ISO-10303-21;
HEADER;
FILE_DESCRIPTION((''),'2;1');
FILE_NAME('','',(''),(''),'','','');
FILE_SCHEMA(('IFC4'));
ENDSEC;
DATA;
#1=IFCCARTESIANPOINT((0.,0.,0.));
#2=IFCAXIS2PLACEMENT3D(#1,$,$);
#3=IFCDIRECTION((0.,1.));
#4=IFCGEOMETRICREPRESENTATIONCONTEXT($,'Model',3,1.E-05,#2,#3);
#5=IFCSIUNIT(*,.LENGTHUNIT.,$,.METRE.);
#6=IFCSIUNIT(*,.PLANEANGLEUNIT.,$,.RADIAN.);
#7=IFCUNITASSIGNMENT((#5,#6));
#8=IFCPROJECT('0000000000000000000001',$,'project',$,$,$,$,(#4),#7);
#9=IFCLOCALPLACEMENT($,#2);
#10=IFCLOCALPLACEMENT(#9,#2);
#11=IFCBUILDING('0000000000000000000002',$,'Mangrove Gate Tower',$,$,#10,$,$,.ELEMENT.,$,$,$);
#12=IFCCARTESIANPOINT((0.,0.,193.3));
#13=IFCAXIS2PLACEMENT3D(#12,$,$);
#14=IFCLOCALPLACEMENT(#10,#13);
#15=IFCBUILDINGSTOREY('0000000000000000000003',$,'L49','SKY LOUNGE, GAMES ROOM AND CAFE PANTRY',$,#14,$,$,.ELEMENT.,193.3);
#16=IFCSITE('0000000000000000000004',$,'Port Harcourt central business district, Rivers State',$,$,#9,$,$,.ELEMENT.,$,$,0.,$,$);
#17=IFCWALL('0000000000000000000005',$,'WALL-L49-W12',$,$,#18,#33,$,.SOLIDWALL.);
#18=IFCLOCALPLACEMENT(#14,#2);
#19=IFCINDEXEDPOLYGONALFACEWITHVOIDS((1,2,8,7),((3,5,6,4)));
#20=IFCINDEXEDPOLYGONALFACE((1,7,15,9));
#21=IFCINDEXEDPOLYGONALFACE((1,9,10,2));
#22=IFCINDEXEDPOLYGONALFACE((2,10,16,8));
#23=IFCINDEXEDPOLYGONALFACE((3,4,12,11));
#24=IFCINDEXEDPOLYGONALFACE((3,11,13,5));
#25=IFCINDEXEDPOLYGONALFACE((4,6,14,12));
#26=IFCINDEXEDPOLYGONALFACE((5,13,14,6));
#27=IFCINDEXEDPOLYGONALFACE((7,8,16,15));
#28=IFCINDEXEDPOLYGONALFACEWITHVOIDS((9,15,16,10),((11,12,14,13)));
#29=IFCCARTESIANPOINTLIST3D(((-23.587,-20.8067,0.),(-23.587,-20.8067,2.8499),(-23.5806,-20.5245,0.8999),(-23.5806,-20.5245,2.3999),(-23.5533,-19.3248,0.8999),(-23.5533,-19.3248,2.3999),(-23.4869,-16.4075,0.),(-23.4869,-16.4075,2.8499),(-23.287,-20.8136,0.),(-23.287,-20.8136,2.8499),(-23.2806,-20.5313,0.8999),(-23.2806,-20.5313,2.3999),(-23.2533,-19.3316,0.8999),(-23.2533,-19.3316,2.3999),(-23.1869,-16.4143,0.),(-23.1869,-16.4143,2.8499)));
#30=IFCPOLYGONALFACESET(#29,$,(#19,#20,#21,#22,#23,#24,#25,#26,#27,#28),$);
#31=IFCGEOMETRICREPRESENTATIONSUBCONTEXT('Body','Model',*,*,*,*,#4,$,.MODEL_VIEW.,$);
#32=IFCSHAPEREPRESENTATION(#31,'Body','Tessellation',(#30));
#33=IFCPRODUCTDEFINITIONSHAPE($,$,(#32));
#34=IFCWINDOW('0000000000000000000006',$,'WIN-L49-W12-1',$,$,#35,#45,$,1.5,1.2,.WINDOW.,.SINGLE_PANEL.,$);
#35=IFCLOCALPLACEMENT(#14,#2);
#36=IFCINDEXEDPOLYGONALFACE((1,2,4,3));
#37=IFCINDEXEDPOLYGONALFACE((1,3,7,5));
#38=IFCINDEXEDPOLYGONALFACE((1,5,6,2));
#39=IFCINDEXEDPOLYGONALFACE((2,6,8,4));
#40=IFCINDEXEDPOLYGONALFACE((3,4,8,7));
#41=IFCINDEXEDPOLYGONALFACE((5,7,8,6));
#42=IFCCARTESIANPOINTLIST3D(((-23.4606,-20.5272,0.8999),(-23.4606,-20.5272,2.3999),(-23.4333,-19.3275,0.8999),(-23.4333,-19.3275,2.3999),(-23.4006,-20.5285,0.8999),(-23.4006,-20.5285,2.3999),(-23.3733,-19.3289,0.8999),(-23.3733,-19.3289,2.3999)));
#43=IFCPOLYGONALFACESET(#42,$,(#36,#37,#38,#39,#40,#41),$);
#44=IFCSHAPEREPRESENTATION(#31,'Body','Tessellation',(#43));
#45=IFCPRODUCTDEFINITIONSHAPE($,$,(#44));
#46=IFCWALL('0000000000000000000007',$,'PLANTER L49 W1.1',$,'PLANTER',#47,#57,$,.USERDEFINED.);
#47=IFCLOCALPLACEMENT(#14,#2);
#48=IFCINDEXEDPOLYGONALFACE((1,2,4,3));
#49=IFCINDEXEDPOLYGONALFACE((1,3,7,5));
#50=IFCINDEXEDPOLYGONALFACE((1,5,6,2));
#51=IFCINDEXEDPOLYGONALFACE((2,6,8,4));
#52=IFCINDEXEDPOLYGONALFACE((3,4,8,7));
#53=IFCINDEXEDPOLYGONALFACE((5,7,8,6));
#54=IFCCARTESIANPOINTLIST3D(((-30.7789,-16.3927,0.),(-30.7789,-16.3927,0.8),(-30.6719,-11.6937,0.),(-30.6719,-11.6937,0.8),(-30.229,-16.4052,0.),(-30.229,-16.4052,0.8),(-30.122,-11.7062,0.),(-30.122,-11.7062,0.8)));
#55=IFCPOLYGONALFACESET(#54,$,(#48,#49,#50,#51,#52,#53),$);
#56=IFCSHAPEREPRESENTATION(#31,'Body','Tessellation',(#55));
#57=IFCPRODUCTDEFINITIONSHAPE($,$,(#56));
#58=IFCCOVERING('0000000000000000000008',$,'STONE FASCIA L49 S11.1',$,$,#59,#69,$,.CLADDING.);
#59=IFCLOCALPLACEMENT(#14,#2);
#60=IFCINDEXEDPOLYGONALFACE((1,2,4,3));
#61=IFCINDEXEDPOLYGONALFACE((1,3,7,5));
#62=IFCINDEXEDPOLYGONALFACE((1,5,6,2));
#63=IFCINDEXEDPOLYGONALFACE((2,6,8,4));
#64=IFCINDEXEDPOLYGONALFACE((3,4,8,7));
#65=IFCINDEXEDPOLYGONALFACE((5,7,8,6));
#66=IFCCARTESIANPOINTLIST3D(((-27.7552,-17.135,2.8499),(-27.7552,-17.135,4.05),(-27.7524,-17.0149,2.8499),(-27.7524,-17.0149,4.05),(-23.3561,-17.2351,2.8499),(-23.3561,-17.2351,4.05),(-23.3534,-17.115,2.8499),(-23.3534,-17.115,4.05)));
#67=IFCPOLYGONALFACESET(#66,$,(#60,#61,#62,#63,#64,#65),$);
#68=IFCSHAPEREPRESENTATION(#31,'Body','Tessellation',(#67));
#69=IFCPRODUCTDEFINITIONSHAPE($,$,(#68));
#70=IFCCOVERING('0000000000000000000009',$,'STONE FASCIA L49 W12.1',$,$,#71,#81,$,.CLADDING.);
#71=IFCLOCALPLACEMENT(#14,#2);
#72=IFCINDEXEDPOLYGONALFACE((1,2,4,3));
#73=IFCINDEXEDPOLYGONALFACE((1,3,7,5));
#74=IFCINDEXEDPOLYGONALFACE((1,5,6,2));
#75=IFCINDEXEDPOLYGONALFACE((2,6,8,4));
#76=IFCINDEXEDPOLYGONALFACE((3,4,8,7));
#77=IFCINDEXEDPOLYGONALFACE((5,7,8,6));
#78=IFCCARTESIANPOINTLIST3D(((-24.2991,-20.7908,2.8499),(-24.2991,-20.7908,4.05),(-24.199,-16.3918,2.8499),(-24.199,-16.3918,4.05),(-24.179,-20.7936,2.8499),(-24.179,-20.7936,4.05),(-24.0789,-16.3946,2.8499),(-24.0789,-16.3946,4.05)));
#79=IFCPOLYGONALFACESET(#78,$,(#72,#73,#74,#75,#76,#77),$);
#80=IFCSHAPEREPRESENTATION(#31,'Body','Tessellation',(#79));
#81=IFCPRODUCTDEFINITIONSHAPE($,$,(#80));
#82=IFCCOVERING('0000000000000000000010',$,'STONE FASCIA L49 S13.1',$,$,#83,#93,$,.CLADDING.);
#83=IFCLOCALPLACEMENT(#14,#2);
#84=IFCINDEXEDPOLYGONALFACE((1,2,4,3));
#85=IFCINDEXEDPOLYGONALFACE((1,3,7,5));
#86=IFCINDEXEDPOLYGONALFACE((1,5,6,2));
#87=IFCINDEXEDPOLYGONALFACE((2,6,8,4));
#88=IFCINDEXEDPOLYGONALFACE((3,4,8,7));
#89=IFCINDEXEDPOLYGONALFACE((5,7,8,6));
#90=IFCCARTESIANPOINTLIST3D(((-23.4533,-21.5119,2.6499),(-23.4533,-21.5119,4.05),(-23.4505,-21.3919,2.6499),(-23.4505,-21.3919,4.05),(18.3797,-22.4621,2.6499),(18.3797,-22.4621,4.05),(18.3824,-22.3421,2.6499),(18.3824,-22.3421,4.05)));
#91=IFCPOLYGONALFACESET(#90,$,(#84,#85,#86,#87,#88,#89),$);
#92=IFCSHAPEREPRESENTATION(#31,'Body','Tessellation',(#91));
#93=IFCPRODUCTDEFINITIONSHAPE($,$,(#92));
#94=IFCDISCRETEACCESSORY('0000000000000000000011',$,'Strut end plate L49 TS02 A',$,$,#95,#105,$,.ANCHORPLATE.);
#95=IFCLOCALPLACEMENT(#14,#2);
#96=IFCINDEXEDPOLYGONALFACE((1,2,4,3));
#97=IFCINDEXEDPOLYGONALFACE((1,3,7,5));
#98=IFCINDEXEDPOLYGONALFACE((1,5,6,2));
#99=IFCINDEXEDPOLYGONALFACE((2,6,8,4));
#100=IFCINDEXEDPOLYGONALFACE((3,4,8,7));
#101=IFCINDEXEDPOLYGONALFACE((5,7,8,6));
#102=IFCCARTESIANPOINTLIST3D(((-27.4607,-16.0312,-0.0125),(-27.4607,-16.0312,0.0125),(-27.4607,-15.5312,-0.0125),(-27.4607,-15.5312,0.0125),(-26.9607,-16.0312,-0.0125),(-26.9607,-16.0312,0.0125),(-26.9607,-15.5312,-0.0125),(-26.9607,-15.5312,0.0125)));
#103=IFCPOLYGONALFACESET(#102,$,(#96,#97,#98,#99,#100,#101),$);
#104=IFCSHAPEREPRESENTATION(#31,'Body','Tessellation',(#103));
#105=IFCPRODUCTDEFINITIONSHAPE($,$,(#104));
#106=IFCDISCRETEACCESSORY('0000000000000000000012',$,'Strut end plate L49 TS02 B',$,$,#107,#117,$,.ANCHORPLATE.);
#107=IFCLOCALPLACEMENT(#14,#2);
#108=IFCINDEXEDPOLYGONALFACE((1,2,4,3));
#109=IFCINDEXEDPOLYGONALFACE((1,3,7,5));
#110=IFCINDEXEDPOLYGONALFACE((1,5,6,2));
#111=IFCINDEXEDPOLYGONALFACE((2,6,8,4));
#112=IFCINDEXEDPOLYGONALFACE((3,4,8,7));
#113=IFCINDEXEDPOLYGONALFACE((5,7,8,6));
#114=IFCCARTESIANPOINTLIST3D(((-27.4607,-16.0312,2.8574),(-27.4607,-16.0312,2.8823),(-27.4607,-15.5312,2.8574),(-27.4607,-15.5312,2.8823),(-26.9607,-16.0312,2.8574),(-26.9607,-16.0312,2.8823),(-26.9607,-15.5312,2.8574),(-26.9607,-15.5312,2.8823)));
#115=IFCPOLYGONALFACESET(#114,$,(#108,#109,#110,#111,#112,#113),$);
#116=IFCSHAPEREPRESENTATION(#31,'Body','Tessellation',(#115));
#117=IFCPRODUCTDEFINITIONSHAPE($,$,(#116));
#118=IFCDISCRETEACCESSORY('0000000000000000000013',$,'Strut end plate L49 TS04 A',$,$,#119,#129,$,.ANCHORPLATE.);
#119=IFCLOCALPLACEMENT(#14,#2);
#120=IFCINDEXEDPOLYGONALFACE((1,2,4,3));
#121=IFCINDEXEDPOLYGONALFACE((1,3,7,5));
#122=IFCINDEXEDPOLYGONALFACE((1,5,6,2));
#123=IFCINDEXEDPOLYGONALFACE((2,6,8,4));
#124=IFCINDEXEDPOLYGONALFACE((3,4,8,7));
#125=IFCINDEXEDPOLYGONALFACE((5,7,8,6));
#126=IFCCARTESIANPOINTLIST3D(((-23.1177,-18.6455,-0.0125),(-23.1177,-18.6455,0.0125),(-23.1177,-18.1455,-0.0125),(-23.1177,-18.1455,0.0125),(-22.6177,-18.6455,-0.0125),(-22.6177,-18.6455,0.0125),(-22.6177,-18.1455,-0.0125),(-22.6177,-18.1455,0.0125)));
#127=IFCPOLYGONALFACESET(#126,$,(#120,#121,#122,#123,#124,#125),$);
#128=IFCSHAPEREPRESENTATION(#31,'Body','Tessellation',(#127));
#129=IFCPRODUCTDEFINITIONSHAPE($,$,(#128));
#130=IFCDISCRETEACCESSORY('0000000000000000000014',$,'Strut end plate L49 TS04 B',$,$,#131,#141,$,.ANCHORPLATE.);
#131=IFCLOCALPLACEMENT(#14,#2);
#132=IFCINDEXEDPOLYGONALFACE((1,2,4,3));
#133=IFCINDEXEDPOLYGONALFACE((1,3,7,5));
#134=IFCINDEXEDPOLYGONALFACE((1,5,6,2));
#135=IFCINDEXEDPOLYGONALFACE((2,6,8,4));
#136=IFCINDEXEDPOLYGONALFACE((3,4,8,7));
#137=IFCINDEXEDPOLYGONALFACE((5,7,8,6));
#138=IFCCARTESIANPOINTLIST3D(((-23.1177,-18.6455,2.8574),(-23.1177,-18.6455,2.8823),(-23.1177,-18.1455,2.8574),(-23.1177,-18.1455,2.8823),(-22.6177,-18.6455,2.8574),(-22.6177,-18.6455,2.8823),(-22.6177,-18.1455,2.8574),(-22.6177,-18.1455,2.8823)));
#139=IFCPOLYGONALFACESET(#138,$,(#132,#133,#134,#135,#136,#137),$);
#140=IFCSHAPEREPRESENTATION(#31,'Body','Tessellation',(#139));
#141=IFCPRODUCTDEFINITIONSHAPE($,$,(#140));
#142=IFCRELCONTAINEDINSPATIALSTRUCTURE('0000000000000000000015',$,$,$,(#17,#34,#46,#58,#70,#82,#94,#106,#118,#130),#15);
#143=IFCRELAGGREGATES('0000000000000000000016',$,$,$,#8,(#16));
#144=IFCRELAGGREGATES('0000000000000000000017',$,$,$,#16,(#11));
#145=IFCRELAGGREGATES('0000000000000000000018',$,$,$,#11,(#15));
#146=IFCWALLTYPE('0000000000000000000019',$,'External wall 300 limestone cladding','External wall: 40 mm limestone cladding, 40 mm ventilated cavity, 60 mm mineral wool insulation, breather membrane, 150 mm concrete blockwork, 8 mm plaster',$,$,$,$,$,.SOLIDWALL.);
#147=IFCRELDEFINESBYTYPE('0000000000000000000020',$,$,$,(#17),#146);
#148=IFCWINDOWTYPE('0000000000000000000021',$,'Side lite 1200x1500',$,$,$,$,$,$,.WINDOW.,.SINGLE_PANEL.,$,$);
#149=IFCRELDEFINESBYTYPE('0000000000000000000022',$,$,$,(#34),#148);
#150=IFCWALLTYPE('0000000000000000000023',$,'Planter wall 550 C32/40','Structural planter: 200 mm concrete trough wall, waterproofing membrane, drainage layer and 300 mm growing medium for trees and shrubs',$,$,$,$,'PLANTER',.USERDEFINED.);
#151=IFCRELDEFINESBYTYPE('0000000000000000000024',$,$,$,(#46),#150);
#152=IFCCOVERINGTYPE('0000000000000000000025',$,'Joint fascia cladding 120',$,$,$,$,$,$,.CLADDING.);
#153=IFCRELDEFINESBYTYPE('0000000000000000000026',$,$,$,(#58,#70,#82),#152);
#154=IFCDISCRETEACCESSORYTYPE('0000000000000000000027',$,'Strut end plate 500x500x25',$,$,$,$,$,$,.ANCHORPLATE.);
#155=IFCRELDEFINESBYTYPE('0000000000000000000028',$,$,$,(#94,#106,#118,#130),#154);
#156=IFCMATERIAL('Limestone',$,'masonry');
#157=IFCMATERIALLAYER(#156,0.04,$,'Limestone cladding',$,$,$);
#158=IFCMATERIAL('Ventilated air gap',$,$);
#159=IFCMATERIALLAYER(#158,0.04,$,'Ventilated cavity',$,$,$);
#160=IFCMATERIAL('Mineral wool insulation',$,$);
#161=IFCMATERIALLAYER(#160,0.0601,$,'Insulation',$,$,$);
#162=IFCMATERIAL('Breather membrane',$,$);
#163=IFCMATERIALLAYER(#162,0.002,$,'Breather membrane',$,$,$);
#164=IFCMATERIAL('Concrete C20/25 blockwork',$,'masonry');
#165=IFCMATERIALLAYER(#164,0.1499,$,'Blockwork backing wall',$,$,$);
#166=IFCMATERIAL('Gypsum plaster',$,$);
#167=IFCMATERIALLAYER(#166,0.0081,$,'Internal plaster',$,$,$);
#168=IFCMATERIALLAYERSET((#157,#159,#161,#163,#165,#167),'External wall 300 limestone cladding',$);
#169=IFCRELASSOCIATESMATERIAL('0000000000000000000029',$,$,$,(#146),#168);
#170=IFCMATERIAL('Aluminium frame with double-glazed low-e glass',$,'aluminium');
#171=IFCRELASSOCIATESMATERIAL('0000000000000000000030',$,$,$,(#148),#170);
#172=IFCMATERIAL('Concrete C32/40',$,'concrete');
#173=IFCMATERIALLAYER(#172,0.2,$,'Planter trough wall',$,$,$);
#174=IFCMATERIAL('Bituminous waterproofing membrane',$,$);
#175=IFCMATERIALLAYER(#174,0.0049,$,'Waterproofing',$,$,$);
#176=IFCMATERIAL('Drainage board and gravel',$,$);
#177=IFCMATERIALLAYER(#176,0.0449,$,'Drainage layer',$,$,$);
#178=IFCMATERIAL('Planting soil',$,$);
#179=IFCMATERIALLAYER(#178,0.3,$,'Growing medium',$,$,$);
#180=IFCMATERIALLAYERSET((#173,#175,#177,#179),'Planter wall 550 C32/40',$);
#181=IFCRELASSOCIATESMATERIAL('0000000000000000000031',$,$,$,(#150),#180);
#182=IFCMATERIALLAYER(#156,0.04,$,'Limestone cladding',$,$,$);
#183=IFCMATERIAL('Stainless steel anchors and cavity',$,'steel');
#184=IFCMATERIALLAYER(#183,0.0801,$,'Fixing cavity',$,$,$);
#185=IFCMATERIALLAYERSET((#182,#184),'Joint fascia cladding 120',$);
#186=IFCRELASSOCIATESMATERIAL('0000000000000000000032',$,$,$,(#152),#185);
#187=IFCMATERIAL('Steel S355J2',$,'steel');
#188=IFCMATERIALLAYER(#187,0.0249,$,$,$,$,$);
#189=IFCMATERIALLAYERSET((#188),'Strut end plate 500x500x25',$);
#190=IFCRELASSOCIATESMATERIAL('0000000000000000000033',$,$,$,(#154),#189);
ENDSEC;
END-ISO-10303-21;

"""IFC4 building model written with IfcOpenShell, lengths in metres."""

from ifc_helpers import new_model, si_unit, direction, frame, frame_2d, origin, origin_2d, place, context, subcontext, project, spatial, rectangle, extrude, material, layer, layer_set, type_object, element, fill, save


model = new_model("IFC4")

# Units and contexts
model_context = context("Model", 3, precision=1e-05, world=origin(), true_north=direction((0.0, 1.0)))
body_context = subcontext(model_context, "Body", "Model", "MODEL_VIEW")
ifc_project = project(units=[si_unit("LENGTHUNIT", "METRE"), si_unit("PLANEANGLEUNIT", "RADIAN")], contexts=[model_context])

# Site, building, storey
site_placement = place(None, origin())
site = spatial("IfcSite", under=ifc_project, at=site_placement, Name="Port Harcourt central business district, Rivers State", CompositionType="ELEMENT", RefElevation=0.0)
building_placement = place(site_placement, origin())
building = spatial("IfcBuilding", under=site, at=building_placement, Name="Mangrove Gate Tower", CompositionType="ELEMENT")
storey_placement = place(building_placement, frame((0.0, 0.0, 193.3)))
storey = spatial("IfcBuildingStorey", under=building, at=storey_placement, Name="L49", Description="SKY LOUNGE, GAMES ROOM AND CAFE PANTRY", CompositionType="ELEMENT", Elevation=193.3)

# Wall, opening, window
ifc_material_1 = material(Name="Limestone", Category="masonry")
ifc_layer_1 = layer(ifc_material_1, 0.04, Name="Limestone cladding")
ifc_material_2 = material(Name="Ventilated air gap")
ifc_layer_2 = layer(ifc_material_2, 0.04, Name="Ventilated cavity")
ifc_material_3 = material(Name="Mineral wool insulation")
ifc_layer_3 = layer(ifc_material_3, 0.0601, Name="Insulation")
ifc_material_4 = material(Name="Breather membrane")
ifc_layer_4 = layer(ifc_material_4, 0.002, Name="Breather membrane")
ifc_material_5 = material(Name="Concrete C20/25 blockwork", Category="masonry")
ifc_layer_5 = layer(ifc_material_5, 0.1499, Name="Blockwork backing wall")
ifc_material_6 = material(Name="Gypsum plaster")
ifc_layer_6 = layer(ifc_material_6, 0.0081, Name="Internal plaster")
ifc_layer_set_1 = layer_set([ifc_layer_1, ifc_layer_2, ifc_layer_3, ifc_layer_4, ifc_layer_5, ifc_layer_6], Name="External wall 300 limestone cladding")
wall_type_1 = type_object("IfcWallType", Name="External wall 300 limestone cladding", Description="External wall: 40 mm limestone cladding, 40 mm ventilated cavity, 60 mm mineral wool insulation, breather membrane, 150 mm concrete blockwork, 8 mm plaster", PredefinedType="SOLIDWALL", material=ifc_layer_set_1)
wall_1_placement = place(storey_placement, frame((-23.3369, -16.4109, 0.0), z_axis=(0.0, 0.0, 1.0), x_axis=(-0.022748, -0.999741, 0.0)))
wall_1 = element("IfcWall", 1, at=wall_1_placement, inside=storey, type_object=wall_type_1, Name="WALL-L49-W12", PredefinedType="SOLIDWALL", context=body_context, shape_type="SweptSolid", body=[
    extrude(rectangle(XDim=4.4004, YDim=0.3, at=frame_2d((2.2002, 0.0))), origin(), (0.0, 0.0, 1.0), 2.8499),
])
opening_1_placement = place(wall_1_placement, frame((2.918, 0.0, 0.8999)))
opening_1 = element("IfcOpeningElement", 2, at=opening_1_placement, cuts=wall_1, PredefinedType="OPENING", context=body_context, shape_type="SweptSolid", body=[
    extrude(rectangle(XDim=1.2, YDim=1.5, at=frame_2d((0.6001, 0.75))), frame((0.0, 0.1599, 0.0), z_axis=(0.0, -1.0, 0.0), x_axis=(1.0, 0.0, 0.0)), (0.0, 0.0, 1.0), 0.3201),
])
ifc_material_7 = material(Name="Aluminium frame with double-glazed low-e glass", Category="aluminium")
window_type_1 = type_object("IfcWindowType", Name="Side lite 1200x1500", PartitioningType="SINGLE_PANEL", PredefinedType="WINDOW", material=ifc_material_7)
window_1_placement = place(opening_1_placement, origin())
window_1 = element("IfcWindow", 3, at=window_1_placement, inside=storey, type_object=window_type_1, Name="WIN-L49-W12-1", OverallHeight=1.5, OverallWidth=1.2, PartitioningType="SINGLE_PANEL", PredefinedType="WINDOW", context=body_context, shape_type="SweptSolid", body=[
    extrude(rectangle(XDim=1.2, YDim=1.5, at=frame_2d((0.6001, 0.75))), frame((0.0, 0.03, 0.0), z_axis=(0.0, -1.0, 0.0), x_axis=(1.0, 0.0, 0.0)), (0.0, 0.0, 1.0), 0.0601),
])
fill(opening_1, window_1)

# Wall
ifc_material_8 = material(Name="Concrete C32/40", Category="concrete")
ifc_layer_7 = layer(ifc_material_8, 0.2, Name="Planter trough wall")
ifc_material_9 = material(Name="Bituminous waterproofing membrane")
ifc_layer_8 = layer(ifc_material_9, 0.0049, Name="Waterproofing")
ifc_material_10 = material(Name="Drainage board and gravel")
ifc_layer_9 = layer(ifc_material_10, 0.0449, Name="Drainage layer")
ifc_material_11 = material(Name="Planting soil")
ifc_layer_10 = layer(ifc_material_11, 0.3, Name="Growing medium")
ifc_layer_set_2 = layer_set([ifc_layer_7, ifc_layer_8, ifc_layer_9, ifc_layer_10], Name="Planter wall 550 C32/40")
wall_type_2 = type_object("IfcWallType", Name="Planter wall 550 C32/40", Description="Structural planter: 200 mm concrete trough wall, waterproofing membrane, drainage layer and 300 mm growing medium for trees and shrubs", ElementType="PLANTER", PredefinedType="USERDEFINED", material=ifc_layer_set_2)
wall_2_placement = place(storey_placement, frame((-30.5039, -16.3989, 0.0), z_axis=(0.0, 0.0, 1.0), x_axis=(0.022751, 0.999741, 0.0)))
element("IfcWall", 4, at=wall_2_placement, inside=storey, type_object=wall_type_2, Name="PLANTER L49 W1.1", ObjectType="PLANTER", PredefinedType="USERDEFINED", context=body_context, shape_type="SweptSolid", body=[
    extrude(rectangle(XDim=4.7002, YDim=0.55, at=frame_2d((2.3501, 0.0))), origin(), (0.0, 0.0, 1.0), 0.8),
])

# Coverings
ifc_layer_11 = layer(ifc_material_1, 0.04, Name="Limestone cladding")
ifc_material_12 = material(Name="Stainless steel anchors and cavity", Category="steel")
ifc_layer_12 = layer(ifc_material_12, 0.0801, Name="Fixing cavity")
ifc_layer_set_3 = layer_set([ifc_layer_11, ifc_layer_12], Name="Joint fascia cladding 120")
covering_type = type_object("IfcCoveringType", Name="Joint fascia cladding 120", PredefinedType="CLADDING", material=ifc_layer_set_3)
for number, where, z_axis, x_axis, name in (
    (5, (-27.7539, -17.075, 2.8499), (0.0, 0.0, 1.0), (0.999741, -0.022749, 0.0), "STONE FASCIA L49 S11.1"),
    (6, (-24.1389, -16.3931, 2.8499), (0.0, 0.0, 1.0), (-0.022749, -0.999741, 0.0), "STONE FASCIA L49 W12.1"),
):
    element("IfcCovering", number, at=place(storey_placement, frame(where, z_axis=z_axis, x_axis=x_axis)), inside=storey, type_object=covering_type, Name=name, PredefinedType="CLADDING", context=body_context, shape_type="SweptSolid", body=[
        extrude(rectangle(XDim=4.4001, YDim=0.1201, at=frame_2d((2.2002, 0.0))), origin(), (0.0, 0.0, 1.0), 1.2002),
    ])
covering_placement = place(storey_placement, frame((-23.4519, -21.4519, 2.6499), z_axis=(0.0, 0.0, 1.0), x_axis=(0.999742, -0.022708, 0.0)))
element("IfcCovering", 7, at=covering_placement, inside=storey, type_object=covering_type, Name="STONE FASCIA L49 S13.1", PredefinedType="CLADDING", context=body_context, shape_type="SweptSolid", body=[
    extrude(rectangle(XDim=41.8438, YDim=0.1201, at=frame_2d((20.9219, 0.0))), origin(), (0.0, 0.0, 1.0), 1.4001),
])

# Discrete accessories
ifc_material_13 = material(Name="Steel S355J2", Category="steel")
ifc_layer_13 = layer(ifc_material_13, 0.0249)
ifc_layer_set_4 = layer_set([ifc_layer_13], Name="Strut end plate 500x500x25")
discrete_accessory_type = type_object("IfcDiscreteAccessoryType", Name="Strut end plate 500x500x25", PredefinedType="ANCHORPLATE", material=ifc_layer_set_4)
for number, where, z_axis, x_axis, name in (
    (8, (-27.2107, -15.7812, -0.0125), (0.0, 0.0, 1.0), (1.0, 0.0, 0.0), "Strut end plate L49 TS02 A"),
    (9, (-27.2107, -15.7812, 2.8574), (0.0, 0.0, 1.0), (1.0, 0.0, 0.0), "Strut end plate L49 TS02 B"),
    (10, (-22.8677, -18.3955, -0.0125), (0.0, 0.0, 1.0), (1.0, 0.0, 0.0), "Strut end plate L49 TS04 A"),
    (11, (-22.8677, -18.3955, 2.8574), (0.0, 0.0, 1.0), (1.0, 0.0, 0.0), "Strut end plate L49 TS04 B"),
):
    element("IfcDiscreteAccessory", number, at=place(storey_placement, frame(where, z_axis=z_axis, x_axis=x_axis)), inside=storey, type_object=discrete_accessory_type, Name=name, PredefinedType="ANCHORPLATE", context=body_context, shape_type="SweptSolid", body=[
        extrude(rectangle(XDim=0.5, YDim=0.5, at=origin_2d()), origin(), (0.0, 0.0, 1.0), 0.0249),
    ])

save(model, "model.ifc")
